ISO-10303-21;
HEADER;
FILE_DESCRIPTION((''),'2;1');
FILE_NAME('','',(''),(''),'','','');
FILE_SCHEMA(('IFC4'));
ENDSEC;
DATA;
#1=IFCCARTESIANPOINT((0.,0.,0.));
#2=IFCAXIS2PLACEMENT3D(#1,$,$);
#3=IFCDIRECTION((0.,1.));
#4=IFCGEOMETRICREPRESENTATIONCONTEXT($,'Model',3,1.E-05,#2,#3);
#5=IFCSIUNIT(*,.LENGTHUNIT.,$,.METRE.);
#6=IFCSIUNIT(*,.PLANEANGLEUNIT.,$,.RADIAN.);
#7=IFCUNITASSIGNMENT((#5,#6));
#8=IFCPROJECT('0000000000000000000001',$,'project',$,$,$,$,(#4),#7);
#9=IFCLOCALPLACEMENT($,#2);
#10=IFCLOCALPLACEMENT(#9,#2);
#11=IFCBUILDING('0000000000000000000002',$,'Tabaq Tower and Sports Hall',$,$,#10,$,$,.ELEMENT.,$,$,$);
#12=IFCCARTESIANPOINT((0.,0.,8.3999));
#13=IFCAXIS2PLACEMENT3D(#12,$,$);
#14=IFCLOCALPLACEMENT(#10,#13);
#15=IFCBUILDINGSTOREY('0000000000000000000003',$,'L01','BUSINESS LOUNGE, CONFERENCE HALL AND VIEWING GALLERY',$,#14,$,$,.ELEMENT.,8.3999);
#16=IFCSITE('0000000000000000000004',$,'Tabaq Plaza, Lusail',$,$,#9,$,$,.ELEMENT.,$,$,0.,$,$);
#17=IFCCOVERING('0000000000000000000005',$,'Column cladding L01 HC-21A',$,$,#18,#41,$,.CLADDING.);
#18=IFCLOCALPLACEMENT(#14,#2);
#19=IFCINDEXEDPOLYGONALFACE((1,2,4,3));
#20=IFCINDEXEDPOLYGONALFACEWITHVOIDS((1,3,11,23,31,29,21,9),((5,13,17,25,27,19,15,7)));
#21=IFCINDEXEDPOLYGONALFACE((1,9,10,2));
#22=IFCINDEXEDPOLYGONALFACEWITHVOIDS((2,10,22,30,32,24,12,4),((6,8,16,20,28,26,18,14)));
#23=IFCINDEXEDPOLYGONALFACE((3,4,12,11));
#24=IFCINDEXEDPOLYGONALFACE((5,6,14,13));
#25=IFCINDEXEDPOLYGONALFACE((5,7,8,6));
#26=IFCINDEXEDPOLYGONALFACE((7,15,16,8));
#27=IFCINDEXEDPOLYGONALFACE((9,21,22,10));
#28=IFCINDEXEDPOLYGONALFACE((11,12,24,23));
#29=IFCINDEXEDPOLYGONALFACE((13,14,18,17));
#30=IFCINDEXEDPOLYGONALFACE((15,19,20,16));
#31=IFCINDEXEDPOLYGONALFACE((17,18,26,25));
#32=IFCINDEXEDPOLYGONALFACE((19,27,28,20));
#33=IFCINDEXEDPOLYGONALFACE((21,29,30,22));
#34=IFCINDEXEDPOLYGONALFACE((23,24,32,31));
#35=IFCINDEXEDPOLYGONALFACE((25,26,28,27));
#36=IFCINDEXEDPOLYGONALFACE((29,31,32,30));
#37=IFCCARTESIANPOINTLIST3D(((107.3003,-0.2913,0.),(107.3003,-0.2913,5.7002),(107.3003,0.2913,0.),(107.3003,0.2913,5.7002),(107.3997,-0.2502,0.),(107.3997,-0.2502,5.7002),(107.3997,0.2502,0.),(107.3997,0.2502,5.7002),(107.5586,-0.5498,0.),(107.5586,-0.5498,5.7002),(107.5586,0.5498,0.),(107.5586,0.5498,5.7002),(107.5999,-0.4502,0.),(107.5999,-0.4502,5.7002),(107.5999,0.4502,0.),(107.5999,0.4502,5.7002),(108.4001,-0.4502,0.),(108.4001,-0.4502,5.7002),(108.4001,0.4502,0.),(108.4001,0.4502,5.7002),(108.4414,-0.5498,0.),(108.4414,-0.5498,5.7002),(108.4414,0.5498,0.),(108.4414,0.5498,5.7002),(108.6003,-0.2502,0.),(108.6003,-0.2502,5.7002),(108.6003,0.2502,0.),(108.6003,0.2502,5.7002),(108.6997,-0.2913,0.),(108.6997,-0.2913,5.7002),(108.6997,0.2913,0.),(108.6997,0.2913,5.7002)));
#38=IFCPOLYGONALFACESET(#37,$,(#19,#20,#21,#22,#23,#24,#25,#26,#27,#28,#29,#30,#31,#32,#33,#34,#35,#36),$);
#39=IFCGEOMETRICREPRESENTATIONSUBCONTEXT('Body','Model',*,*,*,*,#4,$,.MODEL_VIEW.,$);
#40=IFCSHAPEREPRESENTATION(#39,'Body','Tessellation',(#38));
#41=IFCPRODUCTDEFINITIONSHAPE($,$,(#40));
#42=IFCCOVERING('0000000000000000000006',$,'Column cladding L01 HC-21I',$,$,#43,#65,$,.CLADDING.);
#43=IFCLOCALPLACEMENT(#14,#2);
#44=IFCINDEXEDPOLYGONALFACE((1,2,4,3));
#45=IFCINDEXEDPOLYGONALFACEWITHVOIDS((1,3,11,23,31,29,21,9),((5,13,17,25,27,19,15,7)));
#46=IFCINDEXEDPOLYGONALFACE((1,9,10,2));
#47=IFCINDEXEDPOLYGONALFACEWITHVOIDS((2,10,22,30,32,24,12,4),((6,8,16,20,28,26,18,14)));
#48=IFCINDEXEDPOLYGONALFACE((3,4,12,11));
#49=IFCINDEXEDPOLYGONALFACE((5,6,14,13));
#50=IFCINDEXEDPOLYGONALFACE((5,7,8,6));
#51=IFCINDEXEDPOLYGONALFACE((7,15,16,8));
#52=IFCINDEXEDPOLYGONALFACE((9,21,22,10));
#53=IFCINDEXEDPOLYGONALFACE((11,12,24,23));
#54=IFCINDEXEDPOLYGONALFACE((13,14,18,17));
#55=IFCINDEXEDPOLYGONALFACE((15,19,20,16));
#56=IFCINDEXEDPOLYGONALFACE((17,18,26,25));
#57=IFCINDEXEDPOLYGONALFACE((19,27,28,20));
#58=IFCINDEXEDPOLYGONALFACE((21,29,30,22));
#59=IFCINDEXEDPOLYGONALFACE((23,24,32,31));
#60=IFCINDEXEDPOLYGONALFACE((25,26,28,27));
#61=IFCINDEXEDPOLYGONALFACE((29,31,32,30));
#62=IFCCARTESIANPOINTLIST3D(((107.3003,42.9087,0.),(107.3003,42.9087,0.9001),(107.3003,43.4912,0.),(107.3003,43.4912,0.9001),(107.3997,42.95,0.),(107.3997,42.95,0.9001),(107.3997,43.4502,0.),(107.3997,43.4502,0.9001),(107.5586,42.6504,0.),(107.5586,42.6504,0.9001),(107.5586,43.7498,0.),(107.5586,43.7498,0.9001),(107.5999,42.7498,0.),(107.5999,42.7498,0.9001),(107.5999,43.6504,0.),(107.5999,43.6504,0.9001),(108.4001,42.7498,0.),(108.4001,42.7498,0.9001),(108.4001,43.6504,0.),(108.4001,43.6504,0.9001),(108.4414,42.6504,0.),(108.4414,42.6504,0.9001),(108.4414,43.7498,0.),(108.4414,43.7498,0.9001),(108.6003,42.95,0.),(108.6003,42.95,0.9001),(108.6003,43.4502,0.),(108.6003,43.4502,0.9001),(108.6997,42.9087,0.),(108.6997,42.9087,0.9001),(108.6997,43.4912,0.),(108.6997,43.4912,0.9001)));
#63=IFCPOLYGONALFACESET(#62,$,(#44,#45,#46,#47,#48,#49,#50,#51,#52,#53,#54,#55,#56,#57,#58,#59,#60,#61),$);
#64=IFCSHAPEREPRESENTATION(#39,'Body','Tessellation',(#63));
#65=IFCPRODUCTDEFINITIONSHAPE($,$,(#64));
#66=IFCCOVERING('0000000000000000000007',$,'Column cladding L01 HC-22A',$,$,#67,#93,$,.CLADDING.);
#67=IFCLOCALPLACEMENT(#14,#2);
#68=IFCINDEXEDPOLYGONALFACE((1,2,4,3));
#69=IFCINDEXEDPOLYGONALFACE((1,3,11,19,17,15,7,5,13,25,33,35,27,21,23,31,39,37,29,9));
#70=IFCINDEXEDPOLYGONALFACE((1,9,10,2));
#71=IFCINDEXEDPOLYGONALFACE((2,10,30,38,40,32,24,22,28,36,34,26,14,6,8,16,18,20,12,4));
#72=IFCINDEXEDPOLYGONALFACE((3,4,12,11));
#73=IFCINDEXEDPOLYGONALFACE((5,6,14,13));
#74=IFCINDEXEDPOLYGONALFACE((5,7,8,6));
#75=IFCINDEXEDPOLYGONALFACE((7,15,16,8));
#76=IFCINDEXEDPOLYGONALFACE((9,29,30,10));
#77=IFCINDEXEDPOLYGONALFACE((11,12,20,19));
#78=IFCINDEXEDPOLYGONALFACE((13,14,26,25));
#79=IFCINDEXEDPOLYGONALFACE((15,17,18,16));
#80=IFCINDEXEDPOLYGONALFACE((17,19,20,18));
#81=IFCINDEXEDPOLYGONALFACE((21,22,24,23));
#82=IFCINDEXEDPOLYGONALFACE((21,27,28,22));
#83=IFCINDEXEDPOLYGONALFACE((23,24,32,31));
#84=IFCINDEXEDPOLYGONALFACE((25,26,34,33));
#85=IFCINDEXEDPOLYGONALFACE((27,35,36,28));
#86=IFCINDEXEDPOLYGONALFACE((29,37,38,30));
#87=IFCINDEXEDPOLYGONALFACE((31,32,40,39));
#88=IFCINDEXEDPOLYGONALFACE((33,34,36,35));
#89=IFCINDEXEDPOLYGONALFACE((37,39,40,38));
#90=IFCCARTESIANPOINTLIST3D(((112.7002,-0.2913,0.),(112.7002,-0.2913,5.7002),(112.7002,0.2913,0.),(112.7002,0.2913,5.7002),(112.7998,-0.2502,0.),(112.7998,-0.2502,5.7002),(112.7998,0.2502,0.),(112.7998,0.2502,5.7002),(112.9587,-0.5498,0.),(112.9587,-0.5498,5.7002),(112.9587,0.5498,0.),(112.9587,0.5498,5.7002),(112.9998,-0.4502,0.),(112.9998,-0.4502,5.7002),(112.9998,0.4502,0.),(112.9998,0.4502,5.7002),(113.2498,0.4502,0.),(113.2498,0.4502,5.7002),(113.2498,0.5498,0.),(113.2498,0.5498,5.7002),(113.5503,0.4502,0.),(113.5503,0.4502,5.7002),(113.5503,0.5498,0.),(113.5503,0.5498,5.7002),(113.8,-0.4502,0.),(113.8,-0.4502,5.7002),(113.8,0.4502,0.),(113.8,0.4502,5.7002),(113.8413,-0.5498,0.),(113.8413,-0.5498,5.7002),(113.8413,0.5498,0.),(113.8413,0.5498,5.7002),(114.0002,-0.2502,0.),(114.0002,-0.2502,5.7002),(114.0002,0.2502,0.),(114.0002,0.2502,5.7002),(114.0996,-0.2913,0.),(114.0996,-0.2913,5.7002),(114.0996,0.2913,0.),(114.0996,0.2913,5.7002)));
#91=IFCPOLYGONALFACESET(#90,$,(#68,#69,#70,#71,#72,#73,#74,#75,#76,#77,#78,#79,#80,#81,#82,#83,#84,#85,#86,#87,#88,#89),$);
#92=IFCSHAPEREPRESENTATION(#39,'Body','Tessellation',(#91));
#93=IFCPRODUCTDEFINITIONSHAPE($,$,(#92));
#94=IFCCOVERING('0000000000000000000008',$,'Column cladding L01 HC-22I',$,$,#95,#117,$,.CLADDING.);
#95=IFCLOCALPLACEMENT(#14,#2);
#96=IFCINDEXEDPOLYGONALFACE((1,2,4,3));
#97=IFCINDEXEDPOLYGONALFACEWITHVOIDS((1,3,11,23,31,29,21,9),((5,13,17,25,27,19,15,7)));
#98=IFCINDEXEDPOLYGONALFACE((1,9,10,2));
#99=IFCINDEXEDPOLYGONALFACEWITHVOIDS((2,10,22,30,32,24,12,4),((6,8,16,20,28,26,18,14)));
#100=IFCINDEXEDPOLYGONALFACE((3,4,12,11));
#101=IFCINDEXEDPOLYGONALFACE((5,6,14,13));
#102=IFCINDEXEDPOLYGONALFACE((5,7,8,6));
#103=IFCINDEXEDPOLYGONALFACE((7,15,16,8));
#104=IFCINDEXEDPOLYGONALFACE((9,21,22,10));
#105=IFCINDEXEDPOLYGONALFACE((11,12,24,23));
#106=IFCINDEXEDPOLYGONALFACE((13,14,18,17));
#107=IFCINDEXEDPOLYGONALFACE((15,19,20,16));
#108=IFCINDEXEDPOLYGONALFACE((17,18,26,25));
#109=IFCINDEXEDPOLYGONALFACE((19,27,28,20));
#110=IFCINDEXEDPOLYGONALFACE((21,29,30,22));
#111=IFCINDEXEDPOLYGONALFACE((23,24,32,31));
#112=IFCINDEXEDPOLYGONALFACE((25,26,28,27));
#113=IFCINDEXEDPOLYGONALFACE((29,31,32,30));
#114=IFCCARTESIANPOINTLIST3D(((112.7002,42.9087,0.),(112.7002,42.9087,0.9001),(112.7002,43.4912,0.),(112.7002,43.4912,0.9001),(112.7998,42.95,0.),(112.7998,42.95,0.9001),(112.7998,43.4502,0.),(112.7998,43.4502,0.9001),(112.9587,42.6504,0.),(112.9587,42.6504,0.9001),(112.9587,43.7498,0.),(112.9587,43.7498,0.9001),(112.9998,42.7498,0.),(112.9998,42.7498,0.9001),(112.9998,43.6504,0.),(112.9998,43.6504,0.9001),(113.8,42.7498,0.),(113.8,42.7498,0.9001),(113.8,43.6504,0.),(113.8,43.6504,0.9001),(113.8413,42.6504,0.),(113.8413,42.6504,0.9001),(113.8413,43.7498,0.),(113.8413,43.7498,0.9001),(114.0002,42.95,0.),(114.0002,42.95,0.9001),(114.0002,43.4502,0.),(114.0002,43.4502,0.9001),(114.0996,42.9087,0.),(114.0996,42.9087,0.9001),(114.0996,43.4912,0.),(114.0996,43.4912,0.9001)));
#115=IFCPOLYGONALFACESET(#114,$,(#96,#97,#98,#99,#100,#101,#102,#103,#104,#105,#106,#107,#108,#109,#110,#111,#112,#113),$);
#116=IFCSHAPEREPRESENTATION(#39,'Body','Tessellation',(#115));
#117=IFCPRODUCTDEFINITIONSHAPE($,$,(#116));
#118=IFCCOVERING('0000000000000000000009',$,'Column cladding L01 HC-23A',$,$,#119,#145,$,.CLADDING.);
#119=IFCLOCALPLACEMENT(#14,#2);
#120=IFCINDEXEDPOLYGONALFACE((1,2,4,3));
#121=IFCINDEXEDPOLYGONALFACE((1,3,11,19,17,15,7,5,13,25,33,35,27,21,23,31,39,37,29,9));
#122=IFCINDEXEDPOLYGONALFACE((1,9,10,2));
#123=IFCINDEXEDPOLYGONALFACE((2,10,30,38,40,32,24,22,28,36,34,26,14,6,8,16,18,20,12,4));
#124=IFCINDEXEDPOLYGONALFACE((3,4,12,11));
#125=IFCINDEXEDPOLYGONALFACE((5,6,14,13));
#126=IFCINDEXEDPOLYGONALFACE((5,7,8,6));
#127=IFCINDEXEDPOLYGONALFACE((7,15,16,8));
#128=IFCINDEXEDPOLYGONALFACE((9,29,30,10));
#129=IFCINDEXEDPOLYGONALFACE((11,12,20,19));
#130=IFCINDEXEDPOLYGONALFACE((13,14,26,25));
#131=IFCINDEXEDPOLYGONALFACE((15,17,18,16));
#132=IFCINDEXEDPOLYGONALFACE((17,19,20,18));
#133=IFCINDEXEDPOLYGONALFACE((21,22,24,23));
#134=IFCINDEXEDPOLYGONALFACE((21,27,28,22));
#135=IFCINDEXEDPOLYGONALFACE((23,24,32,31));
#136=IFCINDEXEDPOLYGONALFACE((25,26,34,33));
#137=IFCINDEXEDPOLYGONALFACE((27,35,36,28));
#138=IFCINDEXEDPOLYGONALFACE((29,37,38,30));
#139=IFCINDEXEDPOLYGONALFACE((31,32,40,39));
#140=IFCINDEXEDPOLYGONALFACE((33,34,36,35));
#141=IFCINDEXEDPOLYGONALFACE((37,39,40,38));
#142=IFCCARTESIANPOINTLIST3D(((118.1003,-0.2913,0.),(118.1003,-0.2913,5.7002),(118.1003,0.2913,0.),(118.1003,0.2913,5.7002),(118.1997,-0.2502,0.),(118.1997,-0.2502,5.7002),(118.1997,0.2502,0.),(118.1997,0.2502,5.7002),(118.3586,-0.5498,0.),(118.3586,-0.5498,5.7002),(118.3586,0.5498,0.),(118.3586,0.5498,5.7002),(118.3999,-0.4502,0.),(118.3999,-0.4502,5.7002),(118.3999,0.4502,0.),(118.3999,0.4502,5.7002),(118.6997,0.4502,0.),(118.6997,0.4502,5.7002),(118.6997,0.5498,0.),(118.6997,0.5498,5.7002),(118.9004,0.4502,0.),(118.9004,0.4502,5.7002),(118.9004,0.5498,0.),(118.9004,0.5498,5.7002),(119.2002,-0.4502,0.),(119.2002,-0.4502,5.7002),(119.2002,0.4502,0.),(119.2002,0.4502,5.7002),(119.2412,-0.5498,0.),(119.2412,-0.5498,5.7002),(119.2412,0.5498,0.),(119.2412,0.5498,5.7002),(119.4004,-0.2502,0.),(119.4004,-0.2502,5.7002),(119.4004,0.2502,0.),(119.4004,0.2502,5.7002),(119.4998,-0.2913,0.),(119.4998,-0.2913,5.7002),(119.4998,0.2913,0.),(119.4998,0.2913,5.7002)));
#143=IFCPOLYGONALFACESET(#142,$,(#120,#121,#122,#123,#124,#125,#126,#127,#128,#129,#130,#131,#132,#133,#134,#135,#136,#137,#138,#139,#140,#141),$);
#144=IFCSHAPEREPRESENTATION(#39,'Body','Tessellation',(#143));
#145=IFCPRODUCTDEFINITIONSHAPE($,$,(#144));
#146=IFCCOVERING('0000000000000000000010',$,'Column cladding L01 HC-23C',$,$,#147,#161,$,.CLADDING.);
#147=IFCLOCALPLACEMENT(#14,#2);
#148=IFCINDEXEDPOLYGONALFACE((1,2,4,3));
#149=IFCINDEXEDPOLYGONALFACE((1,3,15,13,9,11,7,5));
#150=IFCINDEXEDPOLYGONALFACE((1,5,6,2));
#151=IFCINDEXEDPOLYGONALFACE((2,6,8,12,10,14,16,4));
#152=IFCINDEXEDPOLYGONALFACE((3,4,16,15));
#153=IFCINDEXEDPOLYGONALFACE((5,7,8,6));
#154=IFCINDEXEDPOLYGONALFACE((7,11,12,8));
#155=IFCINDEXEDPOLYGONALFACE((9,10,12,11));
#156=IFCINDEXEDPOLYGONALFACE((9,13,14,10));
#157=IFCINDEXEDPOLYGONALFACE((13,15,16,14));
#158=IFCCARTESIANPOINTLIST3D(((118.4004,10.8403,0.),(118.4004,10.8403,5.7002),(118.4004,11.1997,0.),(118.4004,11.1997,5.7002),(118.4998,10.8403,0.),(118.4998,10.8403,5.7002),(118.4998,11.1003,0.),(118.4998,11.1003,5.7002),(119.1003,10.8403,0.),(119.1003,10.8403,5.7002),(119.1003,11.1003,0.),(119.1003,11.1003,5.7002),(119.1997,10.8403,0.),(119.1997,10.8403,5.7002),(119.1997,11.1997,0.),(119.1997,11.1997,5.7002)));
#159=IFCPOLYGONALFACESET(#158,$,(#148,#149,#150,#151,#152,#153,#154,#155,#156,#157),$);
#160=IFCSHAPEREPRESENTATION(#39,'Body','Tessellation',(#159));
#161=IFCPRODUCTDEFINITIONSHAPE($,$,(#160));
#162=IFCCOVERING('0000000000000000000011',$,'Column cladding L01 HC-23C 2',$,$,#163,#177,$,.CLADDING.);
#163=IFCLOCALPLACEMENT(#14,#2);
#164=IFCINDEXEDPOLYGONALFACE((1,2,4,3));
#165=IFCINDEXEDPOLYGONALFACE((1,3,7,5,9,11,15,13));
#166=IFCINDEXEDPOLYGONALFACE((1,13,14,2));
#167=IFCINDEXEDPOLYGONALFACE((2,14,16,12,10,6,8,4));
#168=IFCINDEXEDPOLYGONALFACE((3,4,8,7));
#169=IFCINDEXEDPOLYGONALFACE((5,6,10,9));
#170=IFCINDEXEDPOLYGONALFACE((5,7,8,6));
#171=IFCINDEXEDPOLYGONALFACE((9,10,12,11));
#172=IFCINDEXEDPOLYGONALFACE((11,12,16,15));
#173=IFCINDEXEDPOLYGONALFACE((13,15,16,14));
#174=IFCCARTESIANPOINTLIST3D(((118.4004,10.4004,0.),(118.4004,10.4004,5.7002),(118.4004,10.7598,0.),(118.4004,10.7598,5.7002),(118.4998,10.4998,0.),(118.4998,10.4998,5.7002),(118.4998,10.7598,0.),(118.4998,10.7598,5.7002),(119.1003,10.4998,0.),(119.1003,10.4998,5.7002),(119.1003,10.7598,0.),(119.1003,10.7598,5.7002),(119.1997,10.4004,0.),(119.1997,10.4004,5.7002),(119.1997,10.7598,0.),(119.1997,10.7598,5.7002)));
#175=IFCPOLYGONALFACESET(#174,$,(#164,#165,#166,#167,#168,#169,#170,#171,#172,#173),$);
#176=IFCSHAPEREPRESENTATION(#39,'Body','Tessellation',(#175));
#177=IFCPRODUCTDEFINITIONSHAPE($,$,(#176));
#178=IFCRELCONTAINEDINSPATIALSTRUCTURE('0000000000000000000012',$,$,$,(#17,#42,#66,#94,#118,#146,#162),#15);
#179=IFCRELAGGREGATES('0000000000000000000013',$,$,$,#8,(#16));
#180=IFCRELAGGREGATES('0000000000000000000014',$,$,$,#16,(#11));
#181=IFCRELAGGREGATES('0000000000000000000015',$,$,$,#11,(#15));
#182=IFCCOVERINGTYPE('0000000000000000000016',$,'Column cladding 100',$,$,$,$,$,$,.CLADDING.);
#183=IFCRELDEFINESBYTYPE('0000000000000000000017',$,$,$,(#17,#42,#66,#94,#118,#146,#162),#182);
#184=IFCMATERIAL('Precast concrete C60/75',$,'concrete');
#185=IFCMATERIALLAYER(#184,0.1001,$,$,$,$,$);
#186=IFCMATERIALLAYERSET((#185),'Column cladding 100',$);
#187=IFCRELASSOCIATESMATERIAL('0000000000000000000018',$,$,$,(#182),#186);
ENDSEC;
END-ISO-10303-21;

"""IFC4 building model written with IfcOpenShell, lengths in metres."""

from ifc_helpers import new_model, si_unit, direction, frame, origin, place, context, subcontext, project, spatial, polyline, outline, extrude, material, layer, layer_set, type_object, element, save


model = new_model("IFC4")

# Units and contexts
model_context = context("Model", 3, precision=1e-05, world=origin(), true_north=direction((0.0, 1.0)))
body_context = subcontext(model_context, "Body", "Model", "MODEL_VIEW")
ifc_project = project(units=[si_unit("LENGTHUNIT", "METRE"), si_unit("PLANEANGLEUNIT", "RADIAN")], contexts=[model_context])

# Site, building, storey
site_placement = place(None, origin())
site = spatial("IfcSite", under=ifc_project, at=site_placement, Name="Tabaq Plaza, Lusail", CompositionType="ELEMENT", RefElevation=0.0)
building_placement = place(site_placement, origin())
building = spatial("IfcBuilding", under=site, at=building_placement, Name="Tabaq Tower and Sports Hall", CompositionType="ELEMENT")
storey_placement = place(building_placement, frame((0.0, 0.0, 8.3999)))
storey = spatial("IfcBuildingStorey", under=building, at=storey_placement, Name="L01", Description="BUSINESS LOUNGE, CONFERENCE HALL AND VIEWING GALLERY", CompositionType="ELEMENT", Elevation=8.3999)

# Coverings
ifc_material = material(Name="Precast concrete C60/75", Category="concrete")
ifc_layer = layer(ifc_material, 0.1001)
ifc_layer_set = layer_set([ifc_layer], Name="Column cladding 100")
covering_type = type_object("IfcCoveringType", Name="Column cladding 100", PredefinedType="CLADDING", material=ifc_layer_set)
covering_1_placement = place(storey_placement, origin())
element("IfcCovering", 1, at=covering_1_placement, inside=storey, type_object=covering_type, Name="Column cladding L01 HC-21A", PredefinedType="CLADDING", context=body_context, shape_type="SweptSolid", body=[
    extrude(outline(polyline([(107.3003, -0.2913), (107.3003, 0.2913), (107.5586, 0.5498), (108.4414, 0.5498), (108.6997, 0.2913), (108.6997, -0.2913), (108.4414, -0.5498), (107.5586, -0.5498), (107.3003, -0.2913)]), holes=[polyline([(108.4001, -0.4502), (108.6003, -0.2502), (108.6003, 0.2502), (108.4001, 0.4502), (107.5999, 0.4502), (107.3997, 0.2502), (107.3997, -0.2502), (107.5999, -0.4502), (108.4001, -0.4502)])]), origin(), (0.0, 0.0, 1.0), 5.7002),
])
covering_2_placement = place(storey_placement, origin())
element("IfcCovering", 2, at=covering_2_placement, inside=storey, type_object=covering_type, Name="Column cladding L01 HC-21I", PredefinedType="CLADDING", context=body_context, shape_type="SweptSolid", body=[
    extrude(outline(polyline([(107.3003, 42.9087), (107.3003, 43.4912), (107.5586, 43.7498), (108.4414, 43.7498), (108.6997, 43.4912), (108.6997, 42.9087), (108.4414, 42.6504), (107.5586, 42.6504), (107.3003, 42.9087)]), holes=[polyline([(108.4001, 42.7498), (108.6003, 42.95), (108.6003, 43.4502), (108.4001, 43.6504), (107.5999, 43.6504), (107.3997, 43.4502), (107.3997, 42.95), (107.5999, 42.7498), (108.4001, 42.7498)])]), origin(), (0.0, 0.0, 1.0), 0.9001),
])
covering_3_placement = place(storey_placement, origin())
element("IfcCovering", 3, at=covering_3_placement, inside=storey, type_object=covering_type, Name="Column cladding L01 HC-22A", PredefinedType="CLADDING", context=body_context, shape_type="SweptSolid", body=[
    extrude(outline(polyline([(112.7002, 0.2913), (112.9587, 0.5498), (113.2498, 0.5498), (113.2498, 0.4502), (112.9998, 0.4502), (112.7998, 0.2502), (112.7998, -0.2502), (112.9998, -0.4502), (113.8, -0.4502), (114.0002, -0.2502), (114.0002, 0.2502), (113.8, 0.4502), (113.5503, 0.4502), (113.5503, 0.5498), (113.8413, 0.5498), (114.0996, 0.2913), (114.0996, -0.2913), (113.8413, -0.5498), (112.9587, -0.5498), (112.7002, -0.2913), (112.7002, 0.2913)])), origin(), (0.0, 0.0, 1.0), 5.7002),
])
covering_4_placement = place(storey_placement, origin())
element("IfcCovering", 4, at=covering_4_placement, inside=storey, type_object=covering_type, Name="Column cladding L01 HC-22I", PredefinedType="CLADDING", context=body_context, shape_type="SweptSolid", body=[
    extrude(outline(polyline([(112.7002, 42.9087), (112.7002, 43.4912), (112.9587, 43.7498), (113.8413, 43.7498), (114.0996, 43.4912), (114.0996, 42.9087), (113.8413, 42.6504), (112.9587, 42.6504), (112.7002, 42.9087)]), holes=[polyline([(113.8, 42.7498), (114.0002, 42.95), (114.0002, 43.4502), (113.8, 43.6504), (112.9998, 43.6504), (112.7998, 43.4502), (112.7998, 42.95), (112.9998, 42.7498), (113.8, 42.7498)])]), origin(), (0.0, 0.0, 1.0), 0.9001),
])
covering_5_placement = place(storey_placement, origin())
element("IfcCovering", 5, at=covering_5_placement, inside=storey, type_object=covering_type, Name="Column cladding L01 HC-23A", PredefinedType="CLADDING", context=body_context, shape_type="SweptSolid", body=[
    extrude(outline(polyline([(118.1003, 0.2913), (118.3586, 0.5498), (118.6997, 0.5498), (118.6997, 0.4502), (118.3999, 0.4502), (118.1997, 0.2502), (118.1997, -0.2502), (118.3999, -0.4502), (119.2002, -0.4502), (119.4004, -0.2502), (119.4004, 0.2502), (119.2002, 0.4502), (118.9004, 0.4502), (118.9004, 0.5498), (119.2412, 0.5498), (119.4998, 0.2913), (119.4998, -0.2913), (119.2412, -0.5498), (118.3586, -0.5498), (118.1003, -0.2913), (118.1003, 0.2913)])), origin(), (0.0, 0.0, 1.0), 5.7002),
])
covering_6_placement = place(storey_placement, origin())
element("IfcCovering", 6, at=covering_6_placement, inside=storey, type_object=covering_type, Name="Column cladding L01 HC-23C", PredefinedType="CLADDING", context=body_context, shape_type="SweptSolid", body=[
    extrude(outline(polyline([(119.1997, 11.1997), (119.1997, 10.8403), (119.1003, 10.8403), (119.1003, 11.1003), (118.4998, 11.1003), (118.4998, 10.8403), (118.4004, 10.8403), (118.4004, 11.1997), (119.1997, 11.1997)])), origin(), (0.0, 0.0, 1.0), 5.7002),
])
covering_7_placement = place(storey_placement, origin())
element("IfcCovering", 7, at=covering_7_placement, inside=storey, type_object=covering_type, Name="Column cladding L01 HC-23C 2", PredefinedType="CLADDING", context=body_context, shape_type="SweptSolid", body=[
    extrude(outline(polyline([(119.1997, 10.4004), (118.4004, 10.4004), (118.4004, 10.7598), (118.4998, 10.7598), (118.4998, 10.4998), (119.1003, 10.4998), (119.1003, 10.7598), (119.1997, 10.7598), (119.1997, 10.4004)])), origin(), (0.0, 0.0, 1.0), 5.7002),
])

save(model, "model.ifc")
